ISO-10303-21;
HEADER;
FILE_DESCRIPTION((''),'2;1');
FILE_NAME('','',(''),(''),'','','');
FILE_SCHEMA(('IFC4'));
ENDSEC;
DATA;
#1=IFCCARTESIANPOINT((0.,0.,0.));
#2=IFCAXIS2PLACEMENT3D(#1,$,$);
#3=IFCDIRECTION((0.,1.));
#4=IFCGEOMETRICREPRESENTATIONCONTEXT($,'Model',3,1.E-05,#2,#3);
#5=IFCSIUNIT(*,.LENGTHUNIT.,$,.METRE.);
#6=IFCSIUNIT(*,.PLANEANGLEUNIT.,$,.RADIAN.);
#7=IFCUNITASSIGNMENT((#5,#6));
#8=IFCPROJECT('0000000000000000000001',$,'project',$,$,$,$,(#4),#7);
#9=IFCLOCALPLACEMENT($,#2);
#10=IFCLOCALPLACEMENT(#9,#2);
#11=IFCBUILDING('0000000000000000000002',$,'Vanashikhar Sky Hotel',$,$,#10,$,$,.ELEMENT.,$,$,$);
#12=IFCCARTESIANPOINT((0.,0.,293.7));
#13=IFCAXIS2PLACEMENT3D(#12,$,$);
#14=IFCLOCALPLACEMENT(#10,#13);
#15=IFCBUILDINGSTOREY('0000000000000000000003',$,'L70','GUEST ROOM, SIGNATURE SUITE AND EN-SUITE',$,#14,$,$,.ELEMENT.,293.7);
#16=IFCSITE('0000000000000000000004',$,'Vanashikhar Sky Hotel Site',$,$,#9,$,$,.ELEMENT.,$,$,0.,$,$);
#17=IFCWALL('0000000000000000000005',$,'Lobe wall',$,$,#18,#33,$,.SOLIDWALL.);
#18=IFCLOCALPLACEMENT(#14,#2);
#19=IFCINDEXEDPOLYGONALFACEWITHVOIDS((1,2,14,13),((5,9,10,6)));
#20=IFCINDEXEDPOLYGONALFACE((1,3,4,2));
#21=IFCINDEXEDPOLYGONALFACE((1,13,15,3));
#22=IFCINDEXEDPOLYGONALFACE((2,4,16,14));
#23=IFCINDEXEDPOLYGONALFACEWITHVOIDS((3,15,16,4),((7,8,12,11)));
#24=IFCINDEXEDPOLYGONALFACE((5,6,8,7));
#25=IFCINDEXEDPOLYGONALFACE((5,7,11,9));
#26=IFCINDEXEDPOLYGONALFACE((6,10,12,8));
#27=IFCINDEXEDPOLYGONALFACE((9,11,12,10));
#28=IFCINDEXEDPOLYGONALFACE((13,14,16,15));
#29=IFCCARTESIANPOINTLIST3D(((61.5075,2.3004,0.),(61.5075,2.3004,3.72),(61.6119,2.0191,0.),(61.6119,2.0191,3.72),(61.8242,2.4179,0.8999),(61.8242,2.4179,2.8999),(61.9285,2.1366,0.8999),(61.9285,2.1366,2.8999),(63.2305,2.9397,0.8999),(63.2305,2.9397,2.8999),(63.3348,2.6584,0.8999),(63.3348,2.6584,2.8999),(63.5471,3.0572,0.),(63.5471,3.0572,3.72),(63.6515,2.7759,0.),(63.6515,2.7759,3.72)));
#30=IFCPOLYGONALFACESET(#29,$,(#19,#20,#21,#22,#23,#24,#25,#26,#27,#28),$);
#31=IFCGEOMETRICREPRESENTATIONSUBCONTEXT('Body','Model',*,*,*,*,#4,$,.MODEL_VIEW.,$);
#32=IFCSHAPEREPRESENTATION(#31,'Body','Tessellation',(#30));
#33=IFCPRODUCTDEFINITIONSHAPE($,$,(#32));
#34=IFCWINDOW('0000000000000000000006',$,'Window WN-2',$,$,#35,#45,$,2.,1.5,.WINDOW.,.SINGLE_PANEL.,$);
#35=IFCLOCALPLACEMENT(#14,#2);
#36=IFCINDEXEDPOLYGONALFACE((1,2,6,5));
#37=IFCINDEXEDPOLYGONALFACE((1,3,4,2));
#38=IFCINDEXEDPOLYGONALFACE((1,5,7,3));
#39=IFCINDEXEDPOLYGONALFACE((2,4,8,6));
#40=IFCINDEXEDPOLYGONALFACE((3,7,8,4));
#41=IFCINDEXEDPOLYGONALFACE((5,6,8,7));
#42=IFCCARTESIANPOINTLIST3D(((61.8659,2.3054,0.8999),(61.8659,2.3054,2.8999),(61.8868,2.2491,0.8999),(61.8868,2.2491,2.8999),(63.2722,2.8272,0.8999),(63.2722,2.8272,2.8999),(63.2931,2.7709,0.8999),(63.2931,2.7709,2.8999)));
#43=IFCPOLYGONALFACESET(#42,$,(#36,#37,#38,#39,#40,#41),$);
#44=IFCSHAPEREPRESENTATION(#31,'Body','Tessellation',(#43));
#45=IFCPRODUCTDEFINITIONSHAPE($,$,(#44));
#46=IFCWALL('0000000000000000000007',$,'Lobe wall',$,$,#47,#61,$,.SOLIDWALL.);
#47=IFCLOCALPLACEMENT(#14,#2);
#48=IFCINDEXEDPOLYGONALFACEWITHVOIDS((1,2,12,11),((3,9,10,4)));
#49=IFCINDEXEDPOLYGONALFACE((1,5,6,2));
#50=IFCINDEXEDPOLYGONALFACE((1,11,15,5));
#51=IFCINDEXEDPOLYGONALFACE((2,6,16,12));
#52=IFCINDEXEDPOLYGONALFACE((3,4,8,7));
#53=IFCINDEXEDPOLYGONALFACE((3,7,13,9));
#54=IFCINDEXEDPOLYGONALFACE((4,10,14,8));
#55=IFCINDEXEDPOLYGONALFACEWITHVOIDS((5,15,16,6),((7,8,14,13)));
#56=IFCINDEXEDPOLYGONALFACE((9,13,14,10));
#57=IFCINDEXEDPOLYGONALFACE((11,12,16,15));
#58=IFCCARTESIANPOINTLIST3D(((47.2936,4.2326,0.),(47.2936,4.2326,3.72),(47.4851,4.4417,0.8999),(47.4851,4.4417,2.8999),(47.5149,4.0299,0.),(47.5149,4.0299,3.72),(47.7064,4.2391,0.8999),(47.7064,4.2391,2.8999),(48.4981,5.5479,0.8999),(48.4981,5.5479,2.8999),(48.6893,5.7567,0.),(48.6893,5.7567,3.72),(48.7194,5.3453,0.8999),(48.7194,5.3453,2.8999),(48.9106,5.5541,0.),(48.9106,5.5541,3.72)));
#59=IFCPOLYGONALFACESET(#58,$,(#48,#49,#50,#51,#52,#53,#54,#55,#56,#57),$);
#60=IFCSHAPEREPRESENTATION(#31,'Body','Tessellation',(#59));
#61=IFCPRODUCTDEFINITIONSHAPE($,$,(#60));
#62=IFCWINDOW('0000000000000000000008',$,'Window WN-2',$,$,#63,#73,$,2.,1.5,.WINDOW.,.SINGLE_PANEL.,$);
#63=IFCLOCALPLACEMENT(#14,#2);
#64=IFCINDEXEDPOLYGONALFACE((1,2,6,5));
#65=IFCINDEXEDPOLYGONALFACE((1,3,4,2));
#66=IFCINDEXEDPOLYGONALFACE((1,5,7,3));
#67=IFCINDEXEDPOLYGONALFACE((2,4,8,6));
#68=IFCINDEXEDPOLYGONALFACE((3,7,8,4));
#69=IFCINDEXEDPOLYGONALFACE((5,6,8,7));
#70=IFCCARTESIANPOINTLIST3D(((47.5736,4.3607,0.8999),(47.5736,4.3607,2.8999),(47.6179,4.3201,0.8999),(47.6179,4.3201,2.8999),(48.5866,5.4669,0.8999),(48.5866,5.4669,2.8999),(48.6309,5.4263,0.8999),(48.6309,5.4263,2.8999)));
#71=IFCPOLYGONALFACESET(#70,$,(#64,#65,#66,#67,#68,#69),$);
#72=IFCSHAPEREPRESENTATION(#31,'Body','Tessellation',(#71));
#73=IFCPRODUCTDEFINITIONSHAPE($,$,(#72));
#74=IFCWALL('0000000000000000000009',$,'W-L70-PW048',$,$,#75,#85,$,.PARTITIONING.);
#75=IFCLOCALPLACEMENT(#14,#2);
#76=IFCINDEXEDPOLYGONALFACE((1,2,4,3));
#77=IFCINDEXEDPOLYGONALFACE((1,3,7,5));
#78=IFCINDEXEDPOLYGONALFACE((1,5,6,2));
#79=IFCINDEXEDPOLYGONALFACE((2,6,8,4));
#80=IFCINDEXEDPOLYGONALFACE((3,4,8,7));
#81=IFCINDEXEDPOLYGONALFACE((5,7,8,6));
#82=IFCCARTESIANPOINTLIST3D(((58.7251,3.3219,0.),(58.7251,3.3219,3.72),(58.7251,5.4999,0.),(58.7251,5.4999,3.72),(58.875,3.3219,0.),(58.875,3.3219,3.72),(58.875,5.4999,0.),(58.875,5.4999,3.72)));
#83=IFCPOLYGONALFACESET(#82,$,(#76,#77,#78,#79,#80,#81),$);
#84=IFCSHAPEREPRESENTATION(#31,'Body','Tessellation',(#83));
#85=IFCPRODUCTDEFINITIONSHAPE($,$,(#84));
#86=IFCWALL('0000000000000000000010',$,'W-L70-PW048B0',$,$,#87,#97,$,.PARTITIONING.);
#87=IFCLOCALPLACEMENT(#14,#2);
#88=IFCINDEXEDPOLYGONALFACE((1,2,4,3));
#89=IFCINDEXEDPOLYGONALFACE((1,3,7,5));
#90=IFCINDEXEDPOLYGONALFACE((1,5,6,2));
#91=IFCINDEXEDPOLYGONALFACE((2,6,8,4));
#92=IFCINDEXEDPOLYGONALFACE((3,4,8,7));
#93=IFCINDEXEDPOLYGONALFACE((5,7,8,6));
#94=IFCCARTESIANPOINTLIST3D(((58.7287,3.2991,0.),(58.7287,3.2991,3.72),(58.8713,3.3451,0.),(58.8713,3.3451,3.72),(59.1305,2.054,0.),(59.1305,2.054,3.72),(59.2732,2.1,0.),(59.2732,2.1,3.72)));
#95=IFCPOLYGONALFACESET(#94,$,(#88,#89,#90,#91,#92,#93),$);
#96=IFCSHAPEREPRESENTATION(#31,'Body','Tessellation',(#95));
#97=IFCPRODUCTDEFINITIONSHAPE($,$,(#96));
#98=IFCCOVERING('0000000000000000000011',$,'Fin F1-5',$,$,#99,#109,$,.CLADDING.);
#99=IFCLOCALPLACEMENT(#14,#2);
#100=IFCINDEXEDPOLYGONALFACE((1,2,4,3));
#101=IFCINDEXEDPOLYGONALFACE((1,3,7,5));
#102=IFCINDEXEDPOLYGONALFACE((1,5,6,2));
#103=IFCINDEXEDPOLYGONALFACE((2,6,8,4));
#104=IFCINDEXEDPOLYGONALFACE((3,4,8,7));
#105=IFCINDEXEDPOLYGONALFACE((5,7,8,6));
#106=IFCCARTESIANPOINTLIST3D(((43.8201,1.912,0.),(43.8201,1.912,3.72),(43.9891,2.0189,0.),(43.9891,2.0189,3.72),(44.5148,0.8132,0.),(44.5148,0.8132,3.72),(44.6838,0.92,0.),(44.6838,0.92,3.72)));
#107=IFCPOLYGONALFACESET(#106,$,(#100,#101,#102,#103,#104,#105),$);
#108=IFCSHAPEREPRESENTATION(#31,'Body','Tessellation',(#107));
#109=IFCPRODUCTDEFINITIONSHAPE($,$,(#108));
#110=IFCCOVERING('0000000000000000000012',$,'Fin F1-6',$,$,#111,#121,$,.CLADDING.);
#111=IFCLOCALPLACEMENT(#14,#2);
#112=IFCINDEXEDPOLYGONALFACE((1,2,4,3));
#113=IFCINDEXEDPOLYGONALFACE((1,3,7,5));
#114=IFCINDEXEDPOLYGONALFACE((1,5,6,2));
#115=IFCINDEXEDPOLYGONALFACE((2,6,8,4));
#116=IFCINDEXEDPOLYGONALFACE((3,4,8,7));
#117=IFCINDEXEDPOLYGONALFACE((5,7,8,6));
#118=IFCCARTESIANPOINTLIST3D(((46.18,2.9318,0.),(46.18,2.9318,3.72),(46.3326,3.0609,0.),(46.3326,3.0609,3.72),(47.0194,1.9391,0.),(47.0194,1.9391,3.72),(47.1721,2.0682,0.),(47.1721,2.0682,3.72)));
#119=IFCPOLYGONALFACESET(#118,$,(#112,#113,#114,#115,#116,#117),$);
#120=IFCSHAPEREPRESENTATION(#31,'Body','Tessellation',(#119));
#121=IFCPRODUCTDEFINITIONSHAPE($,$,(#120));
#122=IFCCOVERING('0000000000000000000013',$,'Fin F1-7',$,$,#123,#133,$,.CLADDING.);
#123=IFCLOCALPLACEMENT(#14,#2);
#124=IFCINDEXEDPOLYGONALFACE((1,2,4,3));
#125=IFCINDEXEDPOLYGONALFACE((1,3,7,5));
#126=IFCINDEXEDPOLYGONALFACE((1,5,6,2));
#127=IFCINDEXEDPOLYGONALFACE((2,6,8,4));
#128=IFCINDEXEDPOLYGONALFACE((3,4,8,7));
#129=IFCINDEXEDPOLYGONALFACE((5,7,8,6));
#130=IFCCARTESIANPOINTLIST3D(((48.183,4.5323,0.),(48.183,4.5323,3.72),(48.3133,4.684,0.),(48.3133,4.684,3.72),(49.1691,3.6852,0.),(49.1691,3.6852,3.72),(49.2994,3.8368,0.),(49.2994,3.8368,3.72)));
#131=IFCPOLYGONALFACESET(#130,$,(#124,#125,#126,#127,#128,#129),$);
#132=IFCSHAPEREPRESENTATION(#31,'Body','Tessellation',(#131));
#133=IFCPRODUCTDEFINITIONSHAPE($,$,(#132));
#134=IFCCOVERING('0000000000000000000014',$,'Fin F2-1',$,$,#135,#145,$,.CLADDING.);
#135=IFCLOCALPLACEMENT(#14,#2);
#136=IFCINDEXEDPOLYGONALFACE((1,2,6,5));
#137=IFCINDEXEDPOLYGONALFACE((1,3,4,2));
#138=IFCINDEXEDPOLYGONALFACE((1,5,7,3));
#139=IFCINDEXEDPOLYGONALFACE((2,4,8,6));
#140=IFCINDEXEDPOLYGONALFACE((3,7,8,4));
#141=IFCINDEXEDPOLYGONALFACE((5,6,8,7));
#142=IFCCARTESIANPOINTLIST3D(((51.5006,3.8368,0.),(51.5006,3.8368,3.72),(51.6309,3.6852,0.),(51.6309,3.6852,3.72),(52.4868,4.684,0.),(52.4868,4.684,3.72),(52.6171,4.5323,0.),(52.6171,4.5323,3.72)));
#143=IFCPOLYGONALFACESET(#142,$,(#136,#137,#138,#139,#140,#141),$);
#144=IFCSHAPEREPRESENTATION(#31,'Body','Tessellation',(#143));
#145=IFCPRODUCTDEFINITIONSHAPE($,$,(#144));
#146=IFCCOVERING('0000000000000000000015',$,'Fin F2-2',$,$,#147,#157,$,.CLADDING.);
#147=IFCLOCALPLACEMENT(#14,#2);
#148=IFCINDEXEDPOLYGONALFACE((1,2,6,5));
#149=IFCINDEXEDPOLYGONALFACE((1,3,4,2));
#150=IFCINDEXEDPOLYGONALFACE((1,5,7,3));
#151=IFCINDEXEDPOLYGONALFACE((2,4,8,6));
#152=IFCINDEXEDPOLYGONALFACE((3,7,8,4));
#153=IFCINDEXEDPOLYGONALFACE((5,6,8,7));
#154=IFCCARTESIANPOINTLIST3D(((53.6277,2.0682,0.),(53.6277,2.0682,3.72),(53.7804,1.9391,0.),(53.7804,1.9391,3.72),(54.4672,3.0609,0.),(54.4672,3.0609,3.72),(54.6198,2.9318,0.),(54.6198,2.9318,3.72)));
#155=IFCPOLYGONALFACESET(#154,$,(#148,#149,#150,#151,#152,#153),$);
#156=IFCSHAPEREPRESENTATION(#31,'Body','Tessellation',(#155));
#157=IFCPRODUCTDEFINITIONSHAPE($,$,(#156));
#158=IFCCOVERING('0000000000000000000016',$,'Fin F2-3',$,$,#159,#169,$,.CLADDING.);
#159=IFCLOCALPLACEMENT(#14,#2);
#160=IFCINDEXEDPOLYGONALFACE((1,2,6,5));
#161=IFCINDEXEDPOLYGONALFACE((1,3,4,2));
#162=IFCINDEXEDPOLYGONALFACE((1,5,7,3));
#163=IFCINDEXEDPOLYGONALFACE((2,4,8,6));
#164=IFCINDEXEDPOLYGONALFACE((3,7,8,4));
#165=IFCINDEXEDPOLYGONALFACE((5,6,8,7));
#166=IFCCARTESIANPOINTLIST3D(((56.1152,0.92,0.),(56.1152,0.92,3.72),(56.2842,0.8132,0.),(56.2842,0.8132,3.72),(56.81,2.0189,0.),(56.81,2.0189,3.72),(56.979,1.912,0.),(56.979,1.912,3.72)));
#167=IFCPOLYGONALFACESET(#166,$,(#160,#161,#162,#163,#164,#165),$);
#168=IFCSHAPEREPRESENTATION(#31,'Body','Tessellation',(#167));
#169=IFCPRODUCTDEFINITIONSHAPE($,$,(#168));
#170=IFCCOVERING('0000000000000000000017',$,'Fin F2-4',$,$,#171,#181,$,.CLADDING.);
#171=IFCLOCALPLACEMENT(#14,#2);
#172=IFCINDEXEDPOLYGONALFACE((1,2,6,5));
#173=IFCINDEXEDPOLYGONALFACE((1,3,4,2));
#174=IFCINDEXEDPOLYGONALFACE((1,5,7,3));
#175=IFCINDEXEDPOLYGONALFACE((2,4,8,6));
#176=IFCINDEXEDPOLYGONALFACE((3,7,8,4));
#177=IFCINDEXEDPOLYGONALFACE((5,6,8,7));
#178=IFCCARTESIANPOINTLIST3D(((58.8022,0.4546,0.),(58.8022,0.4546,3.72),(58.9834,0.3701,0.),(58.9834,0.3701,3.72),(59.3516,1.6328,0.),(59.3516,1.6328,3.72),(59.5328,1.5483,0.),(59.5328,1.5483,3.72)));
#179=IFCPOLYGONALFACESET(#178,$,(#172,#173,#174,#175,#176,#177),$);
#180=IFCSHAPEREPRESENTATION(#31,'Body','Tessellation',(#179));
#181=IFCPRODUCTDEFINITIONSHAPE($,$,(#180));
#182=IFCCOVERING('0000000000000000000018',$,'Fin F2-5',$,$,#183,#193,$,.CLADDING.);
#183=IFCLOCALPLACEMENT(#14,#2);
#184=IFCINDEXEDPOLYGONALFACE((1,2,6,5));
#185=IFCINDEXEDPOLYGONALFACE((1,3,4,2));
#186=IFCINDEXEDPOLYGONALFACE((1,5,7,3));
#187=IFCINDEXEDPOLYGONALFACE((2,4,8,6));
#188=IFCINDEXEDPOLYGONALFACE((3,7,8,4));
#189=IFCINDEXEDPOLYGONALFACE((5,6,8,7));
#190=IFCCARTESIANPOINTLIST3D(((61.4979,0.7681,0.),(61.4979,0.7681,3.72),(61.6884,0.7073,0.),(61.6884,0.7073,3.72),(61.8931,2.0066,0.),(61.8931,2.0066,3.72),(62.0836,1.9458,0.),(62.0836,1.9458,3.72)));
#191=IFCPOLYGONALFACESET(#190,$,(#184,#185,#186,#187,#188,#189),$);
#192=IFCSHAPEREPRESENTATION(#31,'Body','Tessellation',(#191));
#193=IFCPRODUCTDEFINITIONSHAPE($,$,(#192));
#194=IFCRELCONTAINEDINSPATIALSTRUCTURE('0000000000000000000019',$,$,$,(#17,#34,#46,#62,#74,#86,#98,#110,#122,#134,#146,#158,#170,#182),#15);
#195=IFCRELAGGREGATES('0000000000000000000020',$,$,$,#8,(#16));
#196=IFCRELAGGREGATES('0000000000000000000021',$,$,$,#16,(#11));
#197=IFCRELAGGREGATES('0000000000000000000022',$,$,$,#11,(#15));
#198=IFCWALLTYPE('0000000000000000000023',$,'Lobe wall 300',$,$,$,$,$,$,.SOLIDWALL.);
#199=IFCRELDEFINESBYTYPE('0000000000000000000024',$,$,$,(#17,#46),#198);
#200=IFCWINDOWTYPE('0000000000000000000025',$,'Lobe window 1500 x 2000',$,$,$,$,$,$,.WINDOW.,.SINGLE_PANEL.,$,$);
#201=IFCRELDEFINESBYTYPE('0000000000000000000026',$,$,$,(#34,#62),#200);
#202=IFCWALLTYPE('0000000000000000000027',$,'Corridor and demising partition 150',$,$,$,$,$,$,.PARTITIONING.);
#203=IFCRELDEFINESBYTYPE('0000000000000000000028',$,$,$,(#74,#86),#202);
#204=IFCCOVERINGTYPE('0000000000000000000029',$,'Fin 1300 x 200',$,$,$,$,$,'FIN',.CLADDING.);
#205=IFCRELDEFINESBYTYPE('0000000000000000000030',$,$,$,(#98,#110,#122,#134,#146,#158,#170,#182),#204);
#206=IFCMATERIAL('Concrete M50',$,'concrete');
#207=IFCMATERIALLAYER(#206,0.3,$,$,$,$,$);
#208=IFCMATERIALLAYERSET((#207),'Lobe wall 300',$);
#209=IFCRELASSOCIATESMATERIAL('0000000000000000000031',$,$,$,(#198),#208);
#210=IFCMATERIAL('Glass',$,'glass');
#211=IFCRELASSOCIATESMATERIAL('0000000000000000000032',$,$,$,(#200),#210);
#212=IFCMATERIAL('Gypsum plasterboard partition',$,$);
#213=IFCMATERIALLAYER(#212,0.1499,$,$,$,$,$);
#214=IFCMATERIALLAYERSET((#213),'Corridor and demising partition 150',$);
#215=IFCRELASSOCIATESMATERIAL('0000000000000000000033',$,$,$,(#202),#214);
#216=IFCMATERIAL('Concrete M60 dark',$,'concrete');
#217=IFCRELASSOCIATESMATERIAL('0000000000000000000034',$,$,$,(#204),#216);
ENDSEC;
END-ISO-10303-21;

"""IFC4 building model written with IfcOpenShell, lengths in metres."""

from ifc_helpers import new_model, si_unit, direction, frame, frame_2d, origin, origin_2d, place, context, subcontext, project, spatial, rectangle, extrude, source, transform, mapped, material, layer, layer_set, material_profile, profile_set, type_object, element, fill, save


model = new_model("IFC4")

# Units and contexts
model_context = context("Model", 3, precision=1e-05, world=origin(), true_north=direction((0.0, 1.0)))
body_context = subcontext(model_context, "Body", "Model", "MODEL_VIEW")
ifc_project = project(units=[si_unit("LENGTHUNIT", "METRE"), si_unit("PLANEANGLEUNIT", "RADIAN")], contexts=[model_context])

# Site, building, storey
site_placement = place(None, origin())
site = spatial("IfcSite", under=ifc_project, at=site_placement, Name="Vanashikhar Sky Hotel Site", CompositionType="ELEMENT", RefElevation=0.0)
building_placement = place(site_placement, origin())
building = spatial("IfcBuilding", under=site, at=building_placement, Name="Vanashikhar Sky Hotel", CompositionType="ELEMENT")
storey_placement = place(building_placement, frame((0.0, 0.0, 293.7)))
storey = spatial("IfcBuildingStorey", under=building, at=storey_placement, Name="L70", Description="GUEST ROOM, SIGNATURE SUITE AND EN-SUITE", CompositionType="ELEMENT", Elevation=293.7)

# Shared definitions
ifc_material_1 = material(Name="Concrete M50", Category="concrete")

# Walls, openings, windows
ifc_layer_1 = layer(ifc_material_1, 0.3)
ifc_layer_set_1 = layer_set([ifc_layer_1], Name="Lobe wall 300")
wall_type_1 = type_object("IfcWallType", Name="Lobe wall 300", PredefinedType="SOLIDWALL", material=ifc_layer_set_1)
shared_shape_1 = source(origin(), body_context, "Body", "SweptSolid", [
    extrude(rectangle(XDim=1.5, YDim=2.0, at=frame_2d((0.75, 1.0))), frame((0.0, 0.1602, 0.0), z_axis=(0.0, -1.0, 0.0), x_axis=(1.0, 0.0, 0.0)), (0.0, 0.0, 1.0), 0.3201),
])
ifc_material_2 = material(Name="Glass", Category="glass")
window_type = type_object("IfcWindowType", Name="Lobe window 1500 x 2000", PartitioningType="SINGLE_PANEL", PredefinedType="WINDOW", material=ifc_material_2)
shared_shape_2 = source(origin(), body_context, "Body", "SweptSolid", [
    extrude(rectangle(XDim=1.5, YDim=2.0, at=frame_2d((0.75, 1.0))), frame((0.0, 0.03, 0.0), z_axis=(0.0, -1.0, 0.0), x_axis=(1.0, 0.0, 0.0)), (0.0, 0.0, 1.0), 0.0601),
])
shared_shape_3 = source(origin(), body_context, "Body", "SweptSolid", [
    extrude(rectangle(XDim=2.1755, YDim=0.3, at=frame_2d((1.0879, 0.0))), origin(), (0.0, 0.0, 1.0), 3.72),
])
wall_1_placement = place(storey_placement, frame((61.5596, 2.1597, 0.0), z_axis=(0.0, 0.0, 1.0), x_axis=(0.937532, 0.347899, 0.0)))
wall_1 = element("IfcWall", 1, at=wall_1_placement, inside=storey, type_object=wall_type_1, Name="Lobe wall", PredefinedType="SOLIDWALL", context=body_context, shape_type="MappedRepresentation", body=[
    mapped(shared_shape_3, transform((0.0, 0.0, 0.0), scale=1.0)),
])
opening_1_placement = place(wall_1_placement, frame((0.3379, 0.0, 0.8999)))
opening_1 = element("IfcOpeningElement", 2, at=opening_1_placement, cuts=wall_1, PredefinedType="OPENING", context=body_context, shape_type="MappedRepresentation", body=[
    mapped(shared_shape_1, transform((0.0, 0.0, 0.0), scale=1.0)),
])
window_1_placement = place(opening_1_placement, origin())
window_1 = element("IfcWindow", 3, at=window_1_placement, inside=storey, type_object=window_type, Name="Window WN-2", OverallHeight=2.0, OverallWidth=1.5, PartitioningType="SINGLE_PANEL", PredefinedType="WINDOW", context=body_context, shape_type="MappedRepresentation", body=[
    mapped(shared_shape_2, transform((0.0, 0.0, 0.0), scale=1.0)),
])
fill(opening_1, window_1)
shared_shape_4 = source(origin(), body_context, "Body", "SweptSolid", [
    extrude(rectangle(XDim=2.0667, YDim=0.3, at=frame_2d((1.0332, 0.0))), origin(), (0.0, 0.0, 1.0), 3.72),
])
wall_2_placement = place(storey_placement, frame((47.4043, 4.1313, 0.0), z_axis=(0.0, 0.0, 1.0), x_axis=(0.675355, 0.737492, 0.0)))
wall_2 = element("IfcWall", 4, at=wall_2_placement, inside=storey, type_object=wall_type_1, Name="Lobe wall", PredefinedType="SOLIDWALL", context=body_context, shape_type="MappedRepresentation", body=[
    mapped(shared_shape_4, transform((0.0, 0.0, 0.0), scale=1.0)),
])
opening_2_placement = place(wall_2_placement, frame((0.2834, 0.0, 0.8999)))
opening_2 = element("IfcOpeningElement", 5, at=opening_2_placement, cuts=wall_2, PredefinedType="OPENING", context=body_context, shape_type="MappedRepresentation", body=[
    mapped(shared_shape_1, transform((0.0, 0.0, 0.0), scale=1.0)),
])
window_2_placement = place(opening_2_placement, origin())
window_2 = element("IfcWindow", 6, at=window_2_placement, inside=storey, type_object=window_type, Name="Window WN-2", OverallHeight=2.0, OverallWidth=1.5, PartitioningType="SINGLE_PANEL", PredefinedType="WINDOW", context=body_context, shape_type="MappedRepresentation", body=[
    mapped(shared_shape_2, transform((0.0, 0.0, 0.0), scale=1.0)),
])
fill(opening_2, window_2)

# Walls
ifc_material_3 = material(Name="Gypsum plasterboard partition")
ifc_layer_2 = layer(ifc_material_3, 0.1499)
ifc_layer_set_2 = layer_set([ifc_layer_2], Name="Corridor and demising partition 150")
wall_type_2 = type_object("IfcWallType", Name="Corridor and demising partition 150", PredefinedType="PARTITIONING", material=ifc_layer_set_2)
shared_shape_5 = source(origin(), body_context, "Body", "SweptSolid", [
    extrude(rectangle(XDim=2.178, YDim=0.1499, at=frame_2d((1.0889, 0.0))), origin(), (0.0, 0.0, 1.0), 3.72),
])
wall_3_placement = place(storey_placement, frame((58.8, 3.322, 0.0), z_axis=(0.0, 0.0, 1.0), x_axis=(0.0, 1.0, 0.0)))
element("IfcWall", 7, at=wall_3_placement, inside=storey, type_object=wall_type_2, Name="W-L70-PW048", PredefinedType="PARTITIONING", context=body_context, shape_type="MappedRepresentation", body=[
    mapped(shared_shape_5, transform((0.0, 0.0, 0.0), scale=1.0)),
])
shared_shape_6 = source(origin(), body_context, "Body", "SweptSolid", [
    extrude(rectangle(XDim=1.3083, YDim=0.1499, at=frame_2d((0.6543, 0.0))), origin(), (0.0, 0.0, 1.0), 3.72),
])
wall_4_placement = place(storey_placement, frame((59.2019, 2.0769, 0.0), z_axis=(0.0, 0.0, 1.0), x_axis=(-0.307145, 0.951663, 0.0)))
element("IfcWall", 8, at=wall_4_placement, inside=storey, type_object=wall_type_2, Name="W-L70-PW048B0", PredefinedType="PARTITIONING", context=body_context, shape_type="MappedRepresentation", body=[
    mapped(shared_shape_6, transform((0.0, 0.0, 0.0), scale=1.0)),
])

# Coverings
ifc_material_4 = material(Name="Concrete M60 dark", Category="concrete")
ifc_material_profile = material_profile(ifc_material_4, rectangle(XDim=1.3, YDim=0.2, at=origin_2d()))
ifc_profile_set = profile_set([ifc_material_profile], Name="Fin 1300 x 200")
covering_type = type_object("IfcCoveringType", Name="Fin 1300 x 200", ElementType="FIN", PredefinedType="CLADDING", material=ifc_profile_set)
shared_shape_7 = source(origin(), body_context, "Body", "SweptSolid", [
    extrude(rectangle(XDim=1.3, YDim=0.2, at=origin_2d()), origin(), (0.0, 0.0, 1.0), 3.72),
])
for number, where, z_axis, x_axis, name in (
    (9, (44.252, 1.416, 0.0), (0.0, 0.0, 1.0), (0.534411, -0.845225, 0.0), "Fin F1-5"),
    (10, (46.676, 2.5, 0.0), (0.0, 0.0, 1.0), (0.645698, -0.763593, 0.0), "Fin F1-6"),
    (11, (48.7412, 4.1846, 0.0), (0.0, 0.0, 1.0), (0.758544, -0.651622, 0.0), "Fin F1-7"),
    (12, (52.0588, 4.1846, 0.0), (0.0, 0.0, 1.0), (-0.758544, -0.651622, 0.0), "Fin F2-1"),
    (13, (54.1238, 2.5, 0.0), (0.0, 0.0, 1.0), (-0.645698, -0.763593, 0.0), "Fin F2-2"),
    (14, (56.5471, 1.416, 0.0), (0.0, 0.0, 1.0), (-0.534411, -0.845225, 0.0), "Fin F2-3"),
    (15, (59.1675, 1.0015, 0.0), (0.0, 0.0, 1.0), (-0.422618, -0.906308, 0.0), "Fin F2-4"),
    (16, (61.7908, 1.3569, 0.0), (0.0, 0.0, 1.0), (-0.303967, -0.952683, 0.0), "Fin F2-5"),
):
    element("IfcCovering", number, at=place(storey_placement, frame(where, z_axis=z_axis, x_axis=x_axis)), inside=storey, type_object=covering_type, Name=name, PredefinedType="CLADDING", context=body_context, shape_type="MappedRepresentation", body=[
        mapped(shared_shape_7, transform((0.0, 0.0, 0.0), scale=1.0)),
    ])

save(model, "model.ifc")
